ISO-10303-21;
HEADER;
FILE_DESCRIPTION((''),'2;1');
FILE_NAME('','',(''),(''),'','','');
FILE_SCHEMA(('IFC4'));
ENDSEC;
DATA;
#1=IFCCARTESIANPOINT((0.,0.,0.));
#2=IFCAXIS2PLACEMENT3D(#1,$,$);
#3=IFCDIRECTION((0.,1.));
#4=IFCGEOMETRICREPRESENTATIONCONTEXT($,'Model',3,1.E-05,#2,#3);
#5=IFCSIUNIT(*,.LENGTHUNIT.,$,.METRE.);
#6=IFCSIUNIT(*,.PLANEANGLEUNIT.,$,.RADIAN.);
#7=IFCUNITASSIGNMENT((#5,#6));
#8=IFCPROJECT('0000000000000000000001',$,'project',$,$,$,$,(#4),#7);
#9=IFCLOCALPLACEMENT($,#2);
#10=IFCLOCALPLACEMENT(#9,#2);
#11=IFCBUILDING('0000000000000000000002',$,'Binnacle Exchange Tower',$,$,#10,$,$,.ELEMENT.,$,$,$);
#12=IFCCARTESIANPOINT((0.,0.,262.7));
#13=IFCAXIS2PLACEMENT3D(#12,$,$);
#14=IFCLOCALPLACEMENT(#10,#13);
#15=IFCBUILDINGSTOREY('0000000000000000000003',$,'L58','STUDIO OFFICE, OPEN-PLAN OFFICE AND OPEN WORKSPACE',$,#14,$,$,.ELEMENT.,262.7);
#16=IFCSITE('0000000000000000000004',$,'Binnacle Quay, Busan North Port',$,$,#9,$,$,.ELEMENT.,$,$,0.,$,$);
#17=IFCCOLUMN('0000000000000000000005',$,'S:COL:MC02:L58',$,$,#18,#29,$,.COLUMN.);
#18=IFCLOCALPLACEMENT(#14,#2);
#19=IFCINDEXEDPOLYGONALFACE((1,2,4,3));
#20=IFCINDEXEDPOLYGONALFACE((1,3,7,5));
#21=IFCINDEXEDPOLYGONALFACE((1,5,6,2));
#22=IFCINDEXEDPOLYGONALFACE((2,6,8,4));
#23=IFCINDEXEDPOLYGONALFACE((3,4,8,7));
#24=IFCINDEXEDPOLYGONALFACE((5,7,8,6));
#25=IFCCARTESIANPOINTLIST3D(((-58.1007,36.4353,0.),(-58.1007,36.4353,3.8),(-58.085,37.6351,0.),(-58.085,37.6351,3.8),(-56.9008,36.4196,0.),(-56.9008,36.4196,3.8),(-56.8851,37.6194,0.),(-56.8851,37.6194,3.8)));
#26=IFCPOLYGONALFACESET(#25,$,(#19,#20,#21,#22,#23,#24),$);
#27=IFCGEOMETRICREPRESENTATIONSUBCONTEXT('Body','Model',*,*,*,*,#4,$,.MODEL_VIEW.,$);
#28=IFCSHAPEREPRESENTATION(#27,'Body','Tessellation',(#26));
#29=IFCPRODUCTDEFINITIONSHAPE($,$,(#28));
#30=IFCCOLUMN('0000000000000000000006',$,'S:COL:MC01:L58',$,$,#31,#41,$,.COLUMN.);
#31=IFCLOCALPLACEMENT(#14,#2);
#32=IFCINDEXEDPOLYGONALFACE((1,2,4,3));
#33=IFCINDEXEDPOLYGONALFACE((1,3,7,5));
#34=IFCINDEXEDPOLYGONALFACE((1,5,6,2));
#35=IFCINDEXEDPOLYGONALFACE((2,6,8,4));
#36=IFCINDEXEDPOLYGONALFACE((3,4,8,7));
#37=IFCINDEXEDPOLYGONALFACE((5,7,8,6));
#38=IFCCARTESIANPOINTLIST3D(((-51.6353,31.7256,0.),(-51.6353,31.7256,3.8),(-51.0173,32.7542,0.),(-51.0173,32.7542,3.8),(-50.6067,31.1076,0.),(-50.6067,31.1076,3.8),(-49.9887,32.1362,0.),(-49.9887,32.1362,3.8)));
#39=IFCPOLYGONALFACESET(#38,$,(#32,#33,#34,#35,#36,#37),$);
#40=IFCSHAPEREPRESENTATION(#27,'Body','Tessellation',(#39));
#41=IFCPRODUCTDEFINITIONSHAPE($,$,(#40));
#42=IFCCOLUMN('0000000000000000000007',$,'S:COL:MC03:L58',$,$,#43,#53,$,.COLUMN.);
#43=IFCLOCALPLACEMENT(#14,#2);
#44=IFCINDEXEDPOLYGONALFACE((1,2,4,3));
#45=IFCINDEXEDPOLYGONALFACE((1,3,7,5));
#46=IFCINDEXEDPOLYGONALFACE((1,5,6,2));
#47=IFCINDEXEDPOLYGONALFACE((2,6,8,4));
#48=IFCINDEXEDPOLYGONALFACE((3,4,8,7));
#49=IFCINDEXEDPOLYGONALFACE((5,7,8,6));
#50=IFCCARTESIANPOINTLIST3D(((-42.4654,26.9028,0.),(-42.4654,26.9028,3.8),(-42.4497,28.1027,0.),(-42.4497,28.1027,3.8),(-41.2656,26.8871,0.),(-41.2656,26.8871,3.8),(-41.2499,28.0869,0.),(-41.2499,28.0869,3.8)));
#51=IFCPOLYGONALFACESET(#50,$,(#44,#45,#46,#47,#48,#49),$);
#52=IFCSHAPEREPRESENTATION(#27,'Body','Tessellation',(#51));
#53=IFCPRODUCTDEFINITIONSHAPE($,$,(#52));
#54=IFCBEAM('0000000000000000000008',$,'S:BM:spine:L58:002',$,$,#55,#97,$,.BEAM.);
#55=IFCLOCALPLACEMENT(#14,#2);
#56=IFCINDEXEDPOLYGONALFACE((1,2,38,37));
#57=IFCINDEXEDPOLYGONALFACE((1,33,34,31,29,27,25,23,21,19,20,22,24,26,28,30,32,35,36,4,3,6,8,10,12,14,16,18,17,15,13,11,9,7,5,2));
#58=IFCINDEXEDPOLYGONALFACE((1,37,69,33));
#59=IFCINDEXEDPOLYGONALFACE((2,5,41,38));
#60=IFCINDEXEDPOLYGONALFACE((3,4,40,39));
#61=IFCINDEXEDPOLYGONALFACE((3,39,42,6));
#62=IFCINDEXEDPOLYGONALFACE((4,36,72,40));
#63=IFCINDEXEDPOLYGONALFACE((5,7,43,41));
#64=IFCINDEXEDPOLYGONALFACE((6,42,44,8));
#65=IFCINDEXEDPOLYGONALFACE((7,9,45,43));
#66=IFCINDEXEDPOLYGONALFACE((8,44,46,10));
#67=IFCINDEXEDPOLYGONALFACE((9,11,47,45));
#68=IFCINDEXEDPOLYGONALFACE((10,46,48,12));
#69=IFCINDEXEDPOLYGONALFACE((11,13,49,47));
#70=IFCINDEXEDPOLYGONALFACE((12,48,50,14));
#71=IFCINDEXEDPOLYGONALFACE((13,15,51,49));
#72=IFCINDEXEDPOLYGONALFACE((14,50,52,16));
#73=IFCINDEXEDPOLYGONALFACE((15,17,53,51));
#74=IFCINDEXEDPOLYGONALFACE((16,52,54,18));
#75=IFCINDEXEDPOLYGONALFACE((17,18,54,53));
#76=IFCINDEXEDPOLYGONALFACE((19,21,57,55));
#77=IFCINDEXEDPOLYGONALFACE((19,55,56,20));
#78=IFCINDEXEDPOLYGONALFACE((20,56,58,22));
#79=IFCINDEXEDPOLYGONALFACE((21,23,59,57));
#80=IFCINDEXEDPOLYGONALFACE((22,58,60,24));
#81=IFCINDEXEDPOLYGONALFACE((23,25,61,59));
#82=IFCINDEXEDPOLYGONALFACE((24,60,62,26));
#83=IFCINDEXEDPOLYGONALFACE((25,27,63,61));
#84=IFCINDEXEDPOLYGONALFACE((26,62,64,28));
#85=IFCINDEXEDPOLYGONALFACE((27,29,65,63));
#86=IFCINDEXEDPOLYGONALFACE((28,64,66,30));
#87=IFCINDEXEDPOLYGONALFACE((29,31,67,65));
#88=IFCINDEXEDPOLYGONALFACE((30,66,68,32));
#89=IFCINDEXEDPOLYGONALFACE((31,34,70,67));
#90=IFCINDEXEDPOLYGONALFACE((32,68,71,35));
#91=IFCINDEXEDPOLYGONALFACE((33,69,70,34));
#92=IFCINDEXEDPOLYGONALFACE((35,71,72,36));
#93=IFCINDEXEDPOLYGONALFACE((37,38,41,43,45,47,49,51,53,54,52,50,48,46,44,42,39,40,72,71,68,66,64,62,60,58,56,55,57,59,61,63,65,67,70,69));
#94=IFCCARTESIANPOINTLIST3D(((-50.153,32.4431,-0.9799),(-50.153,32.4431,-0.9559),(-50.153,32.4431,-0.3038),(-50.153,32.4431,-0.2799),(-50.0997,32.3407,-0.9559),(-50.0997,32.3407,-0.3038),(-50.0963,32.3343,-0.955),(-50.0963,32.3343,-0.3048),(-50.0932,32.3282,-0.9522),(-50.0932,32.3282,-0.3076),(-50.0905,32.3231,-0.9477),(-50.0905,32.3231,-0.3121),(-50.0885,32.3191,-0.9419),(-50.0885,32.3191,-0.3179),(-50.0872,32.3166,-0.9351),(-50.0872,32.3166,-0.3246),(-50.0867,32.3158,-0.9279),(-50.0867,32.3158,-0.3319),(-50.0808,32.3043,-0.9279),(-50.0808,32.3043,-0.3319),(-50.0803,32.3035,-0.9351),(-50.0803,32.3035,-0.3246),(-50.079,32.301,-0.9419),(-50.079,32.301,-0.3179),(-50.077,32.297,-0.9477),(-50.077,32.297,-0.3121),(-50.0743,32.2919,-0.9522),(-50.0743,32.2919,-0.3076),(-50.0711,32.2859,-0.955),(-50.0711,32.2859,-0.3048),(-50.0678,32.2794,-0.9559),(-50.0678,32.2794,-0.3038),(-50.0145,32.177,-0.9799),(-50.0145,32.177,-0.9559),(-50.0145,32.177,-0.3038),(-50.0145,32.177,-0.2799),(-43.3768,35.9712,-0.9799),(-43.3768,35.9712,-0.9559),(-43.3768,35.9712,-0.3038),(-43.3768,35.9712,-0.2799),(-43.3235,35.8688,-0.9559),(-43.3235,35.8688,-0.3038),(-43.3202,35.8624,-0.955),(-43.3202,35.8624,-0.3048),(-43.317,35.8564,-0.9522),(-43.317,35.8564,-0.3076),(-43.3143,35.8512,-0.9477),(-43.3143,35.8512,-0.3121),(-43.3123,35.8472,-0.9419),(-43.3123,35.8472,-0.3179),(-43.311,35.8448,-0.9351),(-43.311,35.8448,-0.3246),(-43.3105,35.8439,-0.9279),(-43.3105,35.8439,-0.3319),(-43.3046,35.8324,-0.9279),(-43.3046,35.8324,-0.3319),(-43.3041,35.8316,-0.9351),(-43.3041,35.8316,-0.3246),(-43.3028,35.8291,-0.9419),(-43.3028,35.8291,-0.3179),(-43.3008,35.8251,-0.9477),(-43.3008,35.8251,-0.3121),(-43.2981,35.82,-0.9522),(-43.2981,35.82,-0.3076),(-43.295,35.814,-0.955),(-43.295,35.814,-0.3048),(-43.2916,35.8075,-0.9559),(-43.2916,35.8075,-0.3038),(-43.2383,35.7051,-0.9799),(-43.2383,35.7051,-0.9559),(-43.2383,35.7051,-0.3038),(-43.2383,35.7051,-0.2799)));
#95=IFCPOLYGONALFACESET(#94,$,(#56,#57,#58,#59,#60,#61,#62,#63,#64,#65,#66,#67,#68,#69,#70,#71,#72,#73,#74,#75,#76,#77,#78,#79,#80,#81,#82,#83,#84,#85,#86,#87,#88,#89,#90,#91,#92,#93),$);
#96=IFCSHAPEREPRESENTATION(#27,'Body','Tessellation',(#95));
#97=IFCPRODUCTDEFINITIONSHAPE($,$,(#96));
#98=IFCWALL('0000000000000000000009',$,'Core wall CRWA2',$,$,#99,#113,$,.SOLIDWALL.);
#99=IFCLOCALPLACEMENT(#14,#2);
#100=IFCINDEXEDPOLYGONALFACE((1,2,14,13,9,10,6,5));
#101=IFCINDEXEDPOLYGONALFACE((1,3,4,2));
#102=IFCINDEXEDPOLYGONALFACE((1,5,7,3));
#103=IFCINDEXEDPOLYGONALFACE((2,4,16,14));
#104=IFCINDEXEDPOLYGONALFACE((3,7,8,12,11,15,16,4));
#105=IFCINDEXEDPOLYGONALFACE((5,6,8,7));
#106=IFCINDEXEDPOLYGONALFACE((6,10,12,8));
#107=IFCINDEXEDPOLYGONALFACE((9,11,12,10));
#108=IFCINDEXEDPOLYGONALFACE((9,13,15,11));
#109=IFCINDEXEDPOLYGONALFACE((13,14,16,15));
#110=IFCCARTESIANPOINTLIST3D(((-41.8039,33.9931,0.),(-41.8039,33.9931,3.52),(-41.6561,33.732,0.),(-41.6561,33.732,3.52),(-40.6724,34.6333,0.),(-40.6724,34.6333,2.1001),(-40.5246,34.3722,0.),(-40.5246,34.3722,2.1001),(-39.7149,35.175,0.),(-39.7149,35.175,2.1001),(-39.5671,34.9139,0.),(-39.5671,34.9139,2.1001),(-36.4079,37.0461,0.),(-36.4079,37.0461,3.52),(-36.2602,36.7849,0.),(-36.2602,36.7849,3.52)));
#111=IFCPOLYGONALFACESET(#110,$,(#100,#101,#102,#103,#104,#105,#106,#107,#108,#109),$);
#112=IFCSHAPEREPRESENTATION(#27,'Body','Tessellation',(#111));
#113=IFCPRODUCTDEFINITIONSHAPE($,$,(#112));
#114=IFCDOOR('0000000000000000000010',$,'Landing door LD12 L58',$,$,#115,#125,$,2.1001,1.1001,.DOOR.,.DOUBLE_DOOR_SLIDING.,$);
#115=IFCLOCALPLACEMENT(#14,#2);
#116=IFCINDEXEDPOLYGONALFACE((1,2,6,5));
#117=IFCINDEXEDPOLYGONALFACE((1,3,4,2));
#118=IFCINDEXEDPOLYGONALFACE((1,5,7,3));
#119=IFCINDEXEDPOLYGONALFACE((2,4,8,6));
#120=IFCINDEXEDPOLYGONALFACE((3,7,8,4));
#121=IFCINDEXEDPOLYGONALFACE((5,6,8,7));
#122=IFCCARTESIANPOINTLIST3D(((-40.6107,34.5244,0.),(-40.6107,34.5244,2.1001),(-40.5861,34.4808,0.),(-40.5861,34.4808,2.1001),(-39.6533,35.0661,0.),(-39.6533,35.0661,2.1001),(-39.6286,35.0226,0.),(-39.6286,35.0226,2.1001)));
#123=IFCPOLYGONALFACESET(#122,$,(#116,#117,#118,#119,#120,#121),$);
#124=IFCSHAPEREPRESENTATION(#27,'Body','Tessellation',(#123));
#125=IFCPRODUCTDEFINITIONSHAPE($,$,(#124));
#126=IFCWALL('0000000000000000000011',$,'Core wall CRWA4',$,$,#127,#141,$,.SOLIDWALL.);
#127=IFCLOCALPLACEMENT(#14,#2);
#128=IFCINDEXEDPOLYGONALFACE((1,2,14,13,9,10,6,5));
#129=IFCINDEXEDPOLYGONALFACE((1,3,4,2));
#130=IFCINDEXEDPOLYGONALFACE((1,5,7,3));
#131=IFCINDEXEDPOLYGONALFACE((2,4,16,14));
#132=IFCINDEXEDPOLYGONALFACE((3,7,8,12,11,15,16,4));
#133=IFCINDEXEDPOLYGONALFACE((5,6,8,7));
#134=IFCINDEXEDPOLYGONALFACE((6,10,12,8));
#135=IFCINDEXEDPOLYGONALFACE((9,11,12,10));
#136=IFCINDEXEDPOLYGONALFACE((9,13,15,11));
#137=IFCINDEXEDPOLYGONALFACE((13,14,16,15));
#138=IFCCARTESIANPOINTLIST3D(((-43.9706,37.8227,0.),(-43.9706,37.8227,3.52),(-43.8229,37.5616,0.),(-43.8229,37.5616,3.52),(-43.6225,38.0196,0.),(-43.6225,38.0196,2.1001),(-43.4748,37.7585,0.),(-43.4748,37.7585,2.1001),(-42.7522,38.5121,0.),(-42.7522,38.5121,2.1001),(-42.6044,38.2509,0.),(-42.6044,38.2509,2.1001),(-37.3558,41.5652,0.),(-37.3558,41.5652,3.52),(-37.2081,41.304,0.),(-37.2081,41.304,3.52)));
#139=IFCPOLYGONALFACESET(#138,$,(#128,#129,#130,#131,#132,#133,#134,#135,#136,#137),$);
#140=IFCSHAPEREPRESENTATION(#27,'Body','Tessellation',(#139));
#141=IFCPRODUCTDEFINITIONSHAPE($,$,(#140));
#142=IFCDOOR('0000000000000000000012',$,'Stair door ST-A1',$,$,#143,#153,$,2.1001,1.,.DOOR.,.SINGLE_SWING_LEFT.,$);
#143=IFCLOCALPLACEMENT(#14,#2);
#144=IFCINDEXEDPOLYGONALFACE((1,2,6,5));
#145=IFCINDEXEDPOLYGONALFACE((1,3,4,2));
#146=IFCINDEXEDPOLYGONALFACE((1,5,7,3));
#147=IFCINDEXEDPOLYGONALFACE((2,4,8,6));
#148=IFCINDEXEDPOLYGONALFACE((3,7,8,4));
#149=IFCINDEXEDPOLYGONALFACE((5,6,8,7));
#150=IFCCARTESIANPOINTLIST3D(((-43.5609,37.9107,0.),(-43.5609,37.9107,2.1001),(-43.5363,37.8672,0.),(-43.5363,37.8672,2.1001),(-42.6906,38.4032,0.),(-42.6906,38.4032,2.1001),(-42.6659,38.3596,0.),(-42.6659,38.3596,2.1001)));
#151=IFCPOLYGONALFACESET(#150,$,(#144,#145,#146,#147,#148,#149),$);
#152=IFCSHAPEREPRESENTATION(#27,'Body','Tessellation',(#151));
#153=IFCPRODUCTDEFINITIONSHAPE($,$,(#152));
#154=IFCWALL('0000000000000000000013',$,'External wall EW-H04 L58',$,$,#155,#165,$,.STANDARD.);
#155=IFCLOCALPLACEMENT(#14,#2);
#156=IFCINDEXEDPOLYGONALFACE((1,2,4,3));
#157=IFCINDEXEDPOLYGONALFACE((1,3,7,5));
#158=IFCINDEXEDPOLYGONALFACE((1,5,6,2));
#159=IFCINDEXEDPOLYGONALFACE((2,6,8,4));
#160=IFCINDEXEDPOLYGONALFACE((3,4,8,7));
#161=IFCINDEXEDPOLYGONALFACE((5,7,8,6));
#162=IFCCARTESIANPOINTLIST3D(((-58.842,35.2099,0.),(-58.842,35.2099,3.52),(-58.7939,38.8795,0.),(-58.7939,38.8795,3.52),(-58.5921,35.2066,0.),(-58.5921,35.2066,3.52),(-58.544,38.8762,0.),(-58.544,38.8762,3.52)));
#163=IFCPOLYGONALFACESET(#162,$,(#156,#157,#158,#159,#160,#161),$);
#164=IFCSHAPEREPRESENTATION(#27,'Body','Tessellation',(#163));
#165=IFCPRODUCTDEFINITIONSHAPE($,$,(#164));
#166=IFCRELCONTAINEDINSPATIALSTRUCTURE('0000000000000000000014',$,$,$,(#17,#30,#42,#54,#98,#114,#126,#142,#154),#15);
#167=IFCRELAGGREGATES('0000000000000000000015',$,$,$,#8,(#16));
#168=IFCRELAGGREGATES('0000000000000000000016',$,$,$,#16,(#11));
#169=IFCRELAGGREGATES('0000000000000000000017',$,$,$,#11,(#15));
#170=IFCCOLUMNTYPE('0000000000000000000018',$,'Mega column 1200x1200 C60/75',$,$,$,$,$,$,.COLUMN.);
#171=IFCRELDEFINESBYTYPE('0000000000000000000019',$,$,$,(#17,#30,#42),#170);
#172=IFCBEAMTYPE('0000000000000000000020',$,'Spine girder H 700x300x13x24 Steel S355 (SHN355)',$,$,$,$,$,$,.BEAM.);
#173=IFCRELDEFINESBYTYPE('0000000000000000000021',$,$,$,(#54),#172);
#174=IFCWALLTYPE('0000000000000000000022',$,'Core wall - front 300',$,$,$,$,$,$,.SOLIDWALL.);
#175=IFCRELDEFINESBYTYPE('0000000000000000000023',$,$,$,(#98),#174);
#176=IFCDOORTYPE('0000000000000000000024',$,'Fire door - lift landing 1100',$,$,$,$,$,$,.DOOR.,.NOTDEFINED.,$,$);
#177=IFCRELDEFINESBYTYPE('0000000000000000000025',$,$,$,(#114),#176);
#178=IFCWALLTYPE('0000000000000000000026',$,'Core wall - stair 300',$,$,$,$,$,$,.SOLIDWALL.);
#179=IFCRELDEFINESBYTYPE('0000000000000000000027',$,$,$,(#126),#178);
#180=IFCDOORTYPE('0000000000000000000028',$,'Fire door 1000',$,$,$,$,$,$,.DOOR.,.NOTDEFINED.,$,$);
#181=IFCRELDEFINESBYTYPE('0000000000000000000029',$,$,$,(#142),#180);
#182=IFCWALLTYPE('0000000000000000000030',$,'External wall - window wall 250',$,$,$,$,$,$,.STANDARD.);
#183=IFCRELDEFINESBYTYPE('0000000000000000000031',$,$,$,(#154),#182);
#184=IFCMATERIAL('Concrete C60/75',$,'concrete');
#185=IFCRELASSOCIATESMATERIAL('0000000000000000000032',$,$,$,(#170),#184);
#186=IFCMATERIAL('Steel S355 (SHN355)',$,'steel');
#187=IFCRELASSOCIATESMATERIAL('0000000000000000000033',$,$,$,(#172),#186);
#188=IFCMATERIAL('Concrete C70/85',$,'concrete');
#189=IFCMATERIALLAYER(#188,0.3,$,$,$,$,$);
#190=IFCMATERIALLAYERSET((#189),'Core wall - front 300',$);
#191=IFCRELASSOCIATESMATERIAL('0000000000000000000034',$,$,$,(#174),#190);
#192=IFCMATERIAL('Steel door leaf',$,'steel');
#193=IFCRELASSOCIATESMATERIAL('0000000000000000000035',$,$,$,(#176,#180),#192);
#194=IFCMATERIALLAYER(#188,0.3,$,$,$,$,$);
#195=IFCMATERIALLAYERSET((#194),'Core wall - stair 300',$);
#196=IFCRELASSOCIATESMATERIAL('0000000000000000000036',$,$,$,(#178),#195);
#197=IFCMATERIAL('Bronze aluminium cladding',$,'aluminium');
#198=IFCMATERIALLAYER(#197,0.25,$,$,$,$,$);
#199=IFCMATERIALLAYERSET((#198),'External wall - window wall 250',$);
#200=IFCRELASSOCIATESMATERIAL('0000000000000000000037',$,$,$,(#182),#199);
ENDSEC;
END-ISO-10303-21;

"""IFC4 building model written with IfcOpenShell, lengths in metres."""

from ifc_helpers import new_model, si_unit, direction, frame, frame_2d, origin, origin_2d, place, context, subcontext, project, spatial, rectangle, i_section, extrude, material, layer, layer_set, material_profile, profile_set, type_object, element, fill, save


model = new_model("IFC4")

# Units and contexts
model_context = context("Model", 3, precision=1e-05, world=origin(), true_north=direction((0.0, 1.0)))
body_context = subcontext(model_context, "Body", "Model", "MODEL_VIEW")
ifc_project = project(units=[si_unit("LENGTHUNIT", "METRE"), si_unit("PLANEANGLEUNIT", "RADIAN")], contexts=[model_context])

# Site, building, storey
site_placement = place(None, origin())
site = spatial("IfcSite", under=ifc_project, at=site_placement, Name="Binnacle Quay, Busan North Port", CompositionType="ELEMENT", RefElevation=0.0)
building_placement = place(site_placement, origin())
building = spatial("IfcBuilding", under=site, at=building_placement, Name="Binnacle Exchange Tower", CompositionType="ELEMENT")
storey_placement = place(building_placement, frame((0.0, 0.0, 262.7)))
storey = spatial("IfcBuildingStorey", under=building, at=storey_placement, Name="L58", Description="STUDIO OFFICE, OPEN-PLAN OFFICE AND OPEN WORKSPACE", CompositionType="ELEMENT", Elevation=262.7)

# Columns
ifc_material_1 = material(Name="Concrete C60/75", Category="concrete")
ifc_material_profile_1 = material_profile(ifc_material_1, rectangle(XDim=1.2, YDim=1.2, at=origin_2d()), Name="Mega column 1200x1200 C60/75")
ifc_profile_set_1 = profile_set([ifc_material_profile_1], Name="Concrete C60/75")
column_type = type_object("IfcColumnType", Name="Mega column 1200x1200 C60/75", PredefinedType="COLUMN", material=ifc_profile_set_1)
for number, where, z_axis, x_axis, name in (
    (1, (-57.4929, 37.0273, 0.0), (0.0, 0.0, 1.0), (-0.01309, -0.999914, 0.0), "S:COL:MC02:L58"),
    (2, (-50.812, 31.9309, 0.0), (0.0, 0.0, 1.0), (0.857167, -0.515038, 0.0), "S:COL:MC01:L58"),
    (3, (-41.8577, 27.4949, 0.0), (0.0, 0.0, 1.0), (0.999914, -0.01309, 0.0), "S:COL:MC03:L58"),
):
    element("IfcColumn", number, at=place(storey_placement, frame(where, z_axis=z_axis, x_axis=x_axis)), inside=storey, type_object=column_type, Name=name, PredefinedType="COLUMN", context=body_context, shape_type="SweptSolid", body=[
        extrude(rectangle(XDim=1.2, YDim=1.2, at=origin_2d()), origin(), (0.0, 0.0, 1.0), 3.8),
    ])

# Beam
ifc_material_2 = material(Name="Steel S355 (SHN355)", Category="steel")
ifc_material_profile_2 = material_profile(ifc_material_2, i_section(OverallWidth=0.3, OverallDepth=0.7, WebThickness=0.0129, FlangeThickness=0.0239, FilletRadius=0.0281, at=origin_2d()), Name="H 700x300x13x24")
ifc_profile_set_2 = profile_set([ifc_material_profile_2], Name="Steel S355 (SHN355)")
beam_type = type_object("IfcBeamType", Name="Spine girder H 700x300x13x24 Steel S355 (SHN355)", PredefinedType="BEAM", material=ifc_profile_set_2)
beam_placement = place(storey_placement, frame((-50.0837, 32.3101, -0.6299), z_axis=(0.886976, 0.461816, 0.0), x_axis=(-0.461816, 0.886976, 0.0)))
element("IfcBeam", 4, at=beam_placement, inside=storey, type_object=beam_type, Name="S:BM:spine:L58:002", PredefinedType="BEAM", context=body_context, shape_type="SweptSolid", body=[
    extrude(i_section(OverallWidth=0.3, OverallDepth=0.7, WebThickness=0.0129, FlangeThickness=0.0239, FilletRadius=0.0281, at=origin_2d()), origin(), (0.0, 0.0, 1.0), 7.6396),
])

# Walls, openings, doors
ifc_material_3 = material(Name="Concrete C70/85", Category="concrete")
ifc_layer_1 = layer(ifc_material_3, 0.3)
ifc_layer_set_1 = layer_set([ifc_layer_1], Name="Core wall - front 300")
wall_type_1 = type_object("IfcWallType", Name="Core wall - front 300", PredefinedType="SOLIDWALL", material=ifc_layer_set_1)
wall_1_placement = place(storey_placement, frame((-41.73, 33.8625, 0.0), z_axis=(0.0, 0.0, 1.0), x_axis=(0.870351, 0.492432, 0.0)))
wall_1 = element("IfcWall", 5, at=wall_1_placement, inside=storey, type_object=wall_type_1, Name="Core wall CRWA2", PredefinedType="SOLIDWALL", context=body_context, shape_type="SweptSolid", body=[
    extrude(rectangle(XDim=6.1997, YDim=0.3, at=frame_2d((3.0999, 0.0))), origin(), (0.0, 0.0, 1.0), 3.52),
])
opening_1_placement = place(wall_1_placement, frame((1.3, 0.0, 0.0)))
opening_1 = element("IfcOpeningElement", 6, at=opening_1_placement, cuts=wall_1, PredefinedType="OPENING", context=body_context, shape_type="SweptSolid", body=[
    extrude(rectangle(XDim=1.1001, YDim=2.1001, at=frame_2d((0.55, 1.05))), frame((0.0, 0.1599, 0.0), z_axis=(0.0, -1.0, 0.0), x_axis=(1.0, 0.0, 0.0)), (0.0, 0.0, 1.0), 0.3201),
])
ifc_material_4 = material(Name="Steel door leaf", Category="steel")
door_type_1 = type_object("IfcDoorType", Name="Fire door - lift landing 1100", OperationType="NOTDEFINED", PredefinedType="DOOR", material=ifc_material_4)
door_1_placement = place(opening_1_placement, origin())
door_1 = element("IfcDoor", 7, at=door_1_placement, inside=storey, type_object=door_type_1, Name="Landing door LD12 L58", OperationType="DOUBLE_DOOR_SLIDING", OverallHeight=2.1001, OverallWidth=1.1001, PredefinedType="DOOR", context=body_context, shape_type="SweptSolid", body=[
    extrude(rectangle(XDim=1.1001, YDim=2.1001, at=frame_2d((0.55, 1.05))), frame((0.0, 0.0249, 0.0), z_axis=(0.0, -1.0, 0.0), x_axis=(1.0, 0.0, 0.0)), (0.0, 0.0, 1.0), 0.05),
])
fill(opening_1, door_1)
ifc_layer_2 = layer(ifc_material_3, 0.3)
ifc_layer_set_2 = layer_set([ifc_layer_2], Name="Core wall - stair 300")
wall_type_2 = type_object("IfcWallType", Name="Core wall - stair 300", PredefinedType="SOLIDWALL", material=ifc_layer_set_2)
wall_2_placement = place(storey_placement, frame((-43.8967, 37.6921, 0.0), z_axis=(0.0, 0.0, 1.0), x_axis=(0.870356, 0.492422, 0.0)))
wall_2 = element("IfcWall", 8, at=wall_2_placement, inside=storey, type_object=wall_type_2, Name="Core wall CRWA4", PredefinedType="SOLIDWALL", context=body_context, shape_type="SweptSolid", body=[
    extrude(rectangle(XDim=7.6001, YDim=0.3, at=frame_2d((3.8, 0.0))), origin(), (0.0, 0.0, 1.0), 3.52),
])
opening_2_placement = place(wall_2_placement, frame((0.3999, 0.0, 0.0)))
opening_2 = element("IfcOpeningElement", 9, at=opening_2_placement, cuts=wall_2, PredefinedType="OPENING", context=body_context, shape_type="SweptSolid", body=[
    extrude(rectangle(XDim=1.0, YDim=2.1001, at=frame_2d((0.5, 1.05))), frame((0.0, 0.1599, 0.0), z_axis=(0.0, -1.0, 0.0), x_axis=(1.0, 0.0, 0.0)), (0.0, 0.0, 1.0), 0.3201),
])
door_type_2 = type_object("IfcDoorType", Name="Fire door 1000", OperationType="NOTDEFINED", PredefinedType="DOOR", material=ifc_material_4)
door_2_placement = place(opening_2_placement, origin())
door_2 = element("IfcDoor", 10, at=door_2_placement, inside=storey, type_object=door_type_2, Name="Stair door ST-A1", OperationType="SINGLE_SWING_LEFT", OverallHeight=2.1001, OverallWidth=1.0, PredefinedType="DOOR", context=body_context, shape_type="SweptSolid", body=[
    extrude(rectangle(XDim=1.0, YDim=2.1001, at=frame_2d((0.5, 1.05))), frame((0.0, 0.0249, 0.0), z_axis=(0.0, -1.0, 0.0), x_axis=(1.0, 0.0, 0.0)), (0.0, 0.0, 1.0), 0.05),
])
fill(opening_2, door_2)

# Wall
ifc_material_5 = material(Name="Bronze aluminium cladding", Category="aluminium")
ifc_layer_3 = layer(ifc_material_5, 0.25)
ifc_layer_set_3 = layer_set([ifc_layer_3], Name="External wall - window wall 250")
wall_type_3 = type_object("IfcWallType", Name="External wall - window wall 250", PredefinedType="STANDARD", material=ifc_layer_set_3)
wall_3_placement = place(storey_placement, frame((-58.717, 35.2083, 0.0), z_axis=(0.0, 0.0, 1.0), x_axis=(0.013105, 0.999914, 0.0)))
element("IfcWall", 11, at=wall_3_placement, inside=storey, type_object=wall_type_3, Name="External wall EW-H04 L58", PredefinedType="STANDARD", context=body_context, shape_type="SweptSolid", body=[
    extrude(rectangle(XDim=3.6699, YDim=0.25, at=frame_2d((1.835, 0.0))), origin(), (0.0, 0.0, 1.0), 3.52),
])

save(model, "model.ifc")
